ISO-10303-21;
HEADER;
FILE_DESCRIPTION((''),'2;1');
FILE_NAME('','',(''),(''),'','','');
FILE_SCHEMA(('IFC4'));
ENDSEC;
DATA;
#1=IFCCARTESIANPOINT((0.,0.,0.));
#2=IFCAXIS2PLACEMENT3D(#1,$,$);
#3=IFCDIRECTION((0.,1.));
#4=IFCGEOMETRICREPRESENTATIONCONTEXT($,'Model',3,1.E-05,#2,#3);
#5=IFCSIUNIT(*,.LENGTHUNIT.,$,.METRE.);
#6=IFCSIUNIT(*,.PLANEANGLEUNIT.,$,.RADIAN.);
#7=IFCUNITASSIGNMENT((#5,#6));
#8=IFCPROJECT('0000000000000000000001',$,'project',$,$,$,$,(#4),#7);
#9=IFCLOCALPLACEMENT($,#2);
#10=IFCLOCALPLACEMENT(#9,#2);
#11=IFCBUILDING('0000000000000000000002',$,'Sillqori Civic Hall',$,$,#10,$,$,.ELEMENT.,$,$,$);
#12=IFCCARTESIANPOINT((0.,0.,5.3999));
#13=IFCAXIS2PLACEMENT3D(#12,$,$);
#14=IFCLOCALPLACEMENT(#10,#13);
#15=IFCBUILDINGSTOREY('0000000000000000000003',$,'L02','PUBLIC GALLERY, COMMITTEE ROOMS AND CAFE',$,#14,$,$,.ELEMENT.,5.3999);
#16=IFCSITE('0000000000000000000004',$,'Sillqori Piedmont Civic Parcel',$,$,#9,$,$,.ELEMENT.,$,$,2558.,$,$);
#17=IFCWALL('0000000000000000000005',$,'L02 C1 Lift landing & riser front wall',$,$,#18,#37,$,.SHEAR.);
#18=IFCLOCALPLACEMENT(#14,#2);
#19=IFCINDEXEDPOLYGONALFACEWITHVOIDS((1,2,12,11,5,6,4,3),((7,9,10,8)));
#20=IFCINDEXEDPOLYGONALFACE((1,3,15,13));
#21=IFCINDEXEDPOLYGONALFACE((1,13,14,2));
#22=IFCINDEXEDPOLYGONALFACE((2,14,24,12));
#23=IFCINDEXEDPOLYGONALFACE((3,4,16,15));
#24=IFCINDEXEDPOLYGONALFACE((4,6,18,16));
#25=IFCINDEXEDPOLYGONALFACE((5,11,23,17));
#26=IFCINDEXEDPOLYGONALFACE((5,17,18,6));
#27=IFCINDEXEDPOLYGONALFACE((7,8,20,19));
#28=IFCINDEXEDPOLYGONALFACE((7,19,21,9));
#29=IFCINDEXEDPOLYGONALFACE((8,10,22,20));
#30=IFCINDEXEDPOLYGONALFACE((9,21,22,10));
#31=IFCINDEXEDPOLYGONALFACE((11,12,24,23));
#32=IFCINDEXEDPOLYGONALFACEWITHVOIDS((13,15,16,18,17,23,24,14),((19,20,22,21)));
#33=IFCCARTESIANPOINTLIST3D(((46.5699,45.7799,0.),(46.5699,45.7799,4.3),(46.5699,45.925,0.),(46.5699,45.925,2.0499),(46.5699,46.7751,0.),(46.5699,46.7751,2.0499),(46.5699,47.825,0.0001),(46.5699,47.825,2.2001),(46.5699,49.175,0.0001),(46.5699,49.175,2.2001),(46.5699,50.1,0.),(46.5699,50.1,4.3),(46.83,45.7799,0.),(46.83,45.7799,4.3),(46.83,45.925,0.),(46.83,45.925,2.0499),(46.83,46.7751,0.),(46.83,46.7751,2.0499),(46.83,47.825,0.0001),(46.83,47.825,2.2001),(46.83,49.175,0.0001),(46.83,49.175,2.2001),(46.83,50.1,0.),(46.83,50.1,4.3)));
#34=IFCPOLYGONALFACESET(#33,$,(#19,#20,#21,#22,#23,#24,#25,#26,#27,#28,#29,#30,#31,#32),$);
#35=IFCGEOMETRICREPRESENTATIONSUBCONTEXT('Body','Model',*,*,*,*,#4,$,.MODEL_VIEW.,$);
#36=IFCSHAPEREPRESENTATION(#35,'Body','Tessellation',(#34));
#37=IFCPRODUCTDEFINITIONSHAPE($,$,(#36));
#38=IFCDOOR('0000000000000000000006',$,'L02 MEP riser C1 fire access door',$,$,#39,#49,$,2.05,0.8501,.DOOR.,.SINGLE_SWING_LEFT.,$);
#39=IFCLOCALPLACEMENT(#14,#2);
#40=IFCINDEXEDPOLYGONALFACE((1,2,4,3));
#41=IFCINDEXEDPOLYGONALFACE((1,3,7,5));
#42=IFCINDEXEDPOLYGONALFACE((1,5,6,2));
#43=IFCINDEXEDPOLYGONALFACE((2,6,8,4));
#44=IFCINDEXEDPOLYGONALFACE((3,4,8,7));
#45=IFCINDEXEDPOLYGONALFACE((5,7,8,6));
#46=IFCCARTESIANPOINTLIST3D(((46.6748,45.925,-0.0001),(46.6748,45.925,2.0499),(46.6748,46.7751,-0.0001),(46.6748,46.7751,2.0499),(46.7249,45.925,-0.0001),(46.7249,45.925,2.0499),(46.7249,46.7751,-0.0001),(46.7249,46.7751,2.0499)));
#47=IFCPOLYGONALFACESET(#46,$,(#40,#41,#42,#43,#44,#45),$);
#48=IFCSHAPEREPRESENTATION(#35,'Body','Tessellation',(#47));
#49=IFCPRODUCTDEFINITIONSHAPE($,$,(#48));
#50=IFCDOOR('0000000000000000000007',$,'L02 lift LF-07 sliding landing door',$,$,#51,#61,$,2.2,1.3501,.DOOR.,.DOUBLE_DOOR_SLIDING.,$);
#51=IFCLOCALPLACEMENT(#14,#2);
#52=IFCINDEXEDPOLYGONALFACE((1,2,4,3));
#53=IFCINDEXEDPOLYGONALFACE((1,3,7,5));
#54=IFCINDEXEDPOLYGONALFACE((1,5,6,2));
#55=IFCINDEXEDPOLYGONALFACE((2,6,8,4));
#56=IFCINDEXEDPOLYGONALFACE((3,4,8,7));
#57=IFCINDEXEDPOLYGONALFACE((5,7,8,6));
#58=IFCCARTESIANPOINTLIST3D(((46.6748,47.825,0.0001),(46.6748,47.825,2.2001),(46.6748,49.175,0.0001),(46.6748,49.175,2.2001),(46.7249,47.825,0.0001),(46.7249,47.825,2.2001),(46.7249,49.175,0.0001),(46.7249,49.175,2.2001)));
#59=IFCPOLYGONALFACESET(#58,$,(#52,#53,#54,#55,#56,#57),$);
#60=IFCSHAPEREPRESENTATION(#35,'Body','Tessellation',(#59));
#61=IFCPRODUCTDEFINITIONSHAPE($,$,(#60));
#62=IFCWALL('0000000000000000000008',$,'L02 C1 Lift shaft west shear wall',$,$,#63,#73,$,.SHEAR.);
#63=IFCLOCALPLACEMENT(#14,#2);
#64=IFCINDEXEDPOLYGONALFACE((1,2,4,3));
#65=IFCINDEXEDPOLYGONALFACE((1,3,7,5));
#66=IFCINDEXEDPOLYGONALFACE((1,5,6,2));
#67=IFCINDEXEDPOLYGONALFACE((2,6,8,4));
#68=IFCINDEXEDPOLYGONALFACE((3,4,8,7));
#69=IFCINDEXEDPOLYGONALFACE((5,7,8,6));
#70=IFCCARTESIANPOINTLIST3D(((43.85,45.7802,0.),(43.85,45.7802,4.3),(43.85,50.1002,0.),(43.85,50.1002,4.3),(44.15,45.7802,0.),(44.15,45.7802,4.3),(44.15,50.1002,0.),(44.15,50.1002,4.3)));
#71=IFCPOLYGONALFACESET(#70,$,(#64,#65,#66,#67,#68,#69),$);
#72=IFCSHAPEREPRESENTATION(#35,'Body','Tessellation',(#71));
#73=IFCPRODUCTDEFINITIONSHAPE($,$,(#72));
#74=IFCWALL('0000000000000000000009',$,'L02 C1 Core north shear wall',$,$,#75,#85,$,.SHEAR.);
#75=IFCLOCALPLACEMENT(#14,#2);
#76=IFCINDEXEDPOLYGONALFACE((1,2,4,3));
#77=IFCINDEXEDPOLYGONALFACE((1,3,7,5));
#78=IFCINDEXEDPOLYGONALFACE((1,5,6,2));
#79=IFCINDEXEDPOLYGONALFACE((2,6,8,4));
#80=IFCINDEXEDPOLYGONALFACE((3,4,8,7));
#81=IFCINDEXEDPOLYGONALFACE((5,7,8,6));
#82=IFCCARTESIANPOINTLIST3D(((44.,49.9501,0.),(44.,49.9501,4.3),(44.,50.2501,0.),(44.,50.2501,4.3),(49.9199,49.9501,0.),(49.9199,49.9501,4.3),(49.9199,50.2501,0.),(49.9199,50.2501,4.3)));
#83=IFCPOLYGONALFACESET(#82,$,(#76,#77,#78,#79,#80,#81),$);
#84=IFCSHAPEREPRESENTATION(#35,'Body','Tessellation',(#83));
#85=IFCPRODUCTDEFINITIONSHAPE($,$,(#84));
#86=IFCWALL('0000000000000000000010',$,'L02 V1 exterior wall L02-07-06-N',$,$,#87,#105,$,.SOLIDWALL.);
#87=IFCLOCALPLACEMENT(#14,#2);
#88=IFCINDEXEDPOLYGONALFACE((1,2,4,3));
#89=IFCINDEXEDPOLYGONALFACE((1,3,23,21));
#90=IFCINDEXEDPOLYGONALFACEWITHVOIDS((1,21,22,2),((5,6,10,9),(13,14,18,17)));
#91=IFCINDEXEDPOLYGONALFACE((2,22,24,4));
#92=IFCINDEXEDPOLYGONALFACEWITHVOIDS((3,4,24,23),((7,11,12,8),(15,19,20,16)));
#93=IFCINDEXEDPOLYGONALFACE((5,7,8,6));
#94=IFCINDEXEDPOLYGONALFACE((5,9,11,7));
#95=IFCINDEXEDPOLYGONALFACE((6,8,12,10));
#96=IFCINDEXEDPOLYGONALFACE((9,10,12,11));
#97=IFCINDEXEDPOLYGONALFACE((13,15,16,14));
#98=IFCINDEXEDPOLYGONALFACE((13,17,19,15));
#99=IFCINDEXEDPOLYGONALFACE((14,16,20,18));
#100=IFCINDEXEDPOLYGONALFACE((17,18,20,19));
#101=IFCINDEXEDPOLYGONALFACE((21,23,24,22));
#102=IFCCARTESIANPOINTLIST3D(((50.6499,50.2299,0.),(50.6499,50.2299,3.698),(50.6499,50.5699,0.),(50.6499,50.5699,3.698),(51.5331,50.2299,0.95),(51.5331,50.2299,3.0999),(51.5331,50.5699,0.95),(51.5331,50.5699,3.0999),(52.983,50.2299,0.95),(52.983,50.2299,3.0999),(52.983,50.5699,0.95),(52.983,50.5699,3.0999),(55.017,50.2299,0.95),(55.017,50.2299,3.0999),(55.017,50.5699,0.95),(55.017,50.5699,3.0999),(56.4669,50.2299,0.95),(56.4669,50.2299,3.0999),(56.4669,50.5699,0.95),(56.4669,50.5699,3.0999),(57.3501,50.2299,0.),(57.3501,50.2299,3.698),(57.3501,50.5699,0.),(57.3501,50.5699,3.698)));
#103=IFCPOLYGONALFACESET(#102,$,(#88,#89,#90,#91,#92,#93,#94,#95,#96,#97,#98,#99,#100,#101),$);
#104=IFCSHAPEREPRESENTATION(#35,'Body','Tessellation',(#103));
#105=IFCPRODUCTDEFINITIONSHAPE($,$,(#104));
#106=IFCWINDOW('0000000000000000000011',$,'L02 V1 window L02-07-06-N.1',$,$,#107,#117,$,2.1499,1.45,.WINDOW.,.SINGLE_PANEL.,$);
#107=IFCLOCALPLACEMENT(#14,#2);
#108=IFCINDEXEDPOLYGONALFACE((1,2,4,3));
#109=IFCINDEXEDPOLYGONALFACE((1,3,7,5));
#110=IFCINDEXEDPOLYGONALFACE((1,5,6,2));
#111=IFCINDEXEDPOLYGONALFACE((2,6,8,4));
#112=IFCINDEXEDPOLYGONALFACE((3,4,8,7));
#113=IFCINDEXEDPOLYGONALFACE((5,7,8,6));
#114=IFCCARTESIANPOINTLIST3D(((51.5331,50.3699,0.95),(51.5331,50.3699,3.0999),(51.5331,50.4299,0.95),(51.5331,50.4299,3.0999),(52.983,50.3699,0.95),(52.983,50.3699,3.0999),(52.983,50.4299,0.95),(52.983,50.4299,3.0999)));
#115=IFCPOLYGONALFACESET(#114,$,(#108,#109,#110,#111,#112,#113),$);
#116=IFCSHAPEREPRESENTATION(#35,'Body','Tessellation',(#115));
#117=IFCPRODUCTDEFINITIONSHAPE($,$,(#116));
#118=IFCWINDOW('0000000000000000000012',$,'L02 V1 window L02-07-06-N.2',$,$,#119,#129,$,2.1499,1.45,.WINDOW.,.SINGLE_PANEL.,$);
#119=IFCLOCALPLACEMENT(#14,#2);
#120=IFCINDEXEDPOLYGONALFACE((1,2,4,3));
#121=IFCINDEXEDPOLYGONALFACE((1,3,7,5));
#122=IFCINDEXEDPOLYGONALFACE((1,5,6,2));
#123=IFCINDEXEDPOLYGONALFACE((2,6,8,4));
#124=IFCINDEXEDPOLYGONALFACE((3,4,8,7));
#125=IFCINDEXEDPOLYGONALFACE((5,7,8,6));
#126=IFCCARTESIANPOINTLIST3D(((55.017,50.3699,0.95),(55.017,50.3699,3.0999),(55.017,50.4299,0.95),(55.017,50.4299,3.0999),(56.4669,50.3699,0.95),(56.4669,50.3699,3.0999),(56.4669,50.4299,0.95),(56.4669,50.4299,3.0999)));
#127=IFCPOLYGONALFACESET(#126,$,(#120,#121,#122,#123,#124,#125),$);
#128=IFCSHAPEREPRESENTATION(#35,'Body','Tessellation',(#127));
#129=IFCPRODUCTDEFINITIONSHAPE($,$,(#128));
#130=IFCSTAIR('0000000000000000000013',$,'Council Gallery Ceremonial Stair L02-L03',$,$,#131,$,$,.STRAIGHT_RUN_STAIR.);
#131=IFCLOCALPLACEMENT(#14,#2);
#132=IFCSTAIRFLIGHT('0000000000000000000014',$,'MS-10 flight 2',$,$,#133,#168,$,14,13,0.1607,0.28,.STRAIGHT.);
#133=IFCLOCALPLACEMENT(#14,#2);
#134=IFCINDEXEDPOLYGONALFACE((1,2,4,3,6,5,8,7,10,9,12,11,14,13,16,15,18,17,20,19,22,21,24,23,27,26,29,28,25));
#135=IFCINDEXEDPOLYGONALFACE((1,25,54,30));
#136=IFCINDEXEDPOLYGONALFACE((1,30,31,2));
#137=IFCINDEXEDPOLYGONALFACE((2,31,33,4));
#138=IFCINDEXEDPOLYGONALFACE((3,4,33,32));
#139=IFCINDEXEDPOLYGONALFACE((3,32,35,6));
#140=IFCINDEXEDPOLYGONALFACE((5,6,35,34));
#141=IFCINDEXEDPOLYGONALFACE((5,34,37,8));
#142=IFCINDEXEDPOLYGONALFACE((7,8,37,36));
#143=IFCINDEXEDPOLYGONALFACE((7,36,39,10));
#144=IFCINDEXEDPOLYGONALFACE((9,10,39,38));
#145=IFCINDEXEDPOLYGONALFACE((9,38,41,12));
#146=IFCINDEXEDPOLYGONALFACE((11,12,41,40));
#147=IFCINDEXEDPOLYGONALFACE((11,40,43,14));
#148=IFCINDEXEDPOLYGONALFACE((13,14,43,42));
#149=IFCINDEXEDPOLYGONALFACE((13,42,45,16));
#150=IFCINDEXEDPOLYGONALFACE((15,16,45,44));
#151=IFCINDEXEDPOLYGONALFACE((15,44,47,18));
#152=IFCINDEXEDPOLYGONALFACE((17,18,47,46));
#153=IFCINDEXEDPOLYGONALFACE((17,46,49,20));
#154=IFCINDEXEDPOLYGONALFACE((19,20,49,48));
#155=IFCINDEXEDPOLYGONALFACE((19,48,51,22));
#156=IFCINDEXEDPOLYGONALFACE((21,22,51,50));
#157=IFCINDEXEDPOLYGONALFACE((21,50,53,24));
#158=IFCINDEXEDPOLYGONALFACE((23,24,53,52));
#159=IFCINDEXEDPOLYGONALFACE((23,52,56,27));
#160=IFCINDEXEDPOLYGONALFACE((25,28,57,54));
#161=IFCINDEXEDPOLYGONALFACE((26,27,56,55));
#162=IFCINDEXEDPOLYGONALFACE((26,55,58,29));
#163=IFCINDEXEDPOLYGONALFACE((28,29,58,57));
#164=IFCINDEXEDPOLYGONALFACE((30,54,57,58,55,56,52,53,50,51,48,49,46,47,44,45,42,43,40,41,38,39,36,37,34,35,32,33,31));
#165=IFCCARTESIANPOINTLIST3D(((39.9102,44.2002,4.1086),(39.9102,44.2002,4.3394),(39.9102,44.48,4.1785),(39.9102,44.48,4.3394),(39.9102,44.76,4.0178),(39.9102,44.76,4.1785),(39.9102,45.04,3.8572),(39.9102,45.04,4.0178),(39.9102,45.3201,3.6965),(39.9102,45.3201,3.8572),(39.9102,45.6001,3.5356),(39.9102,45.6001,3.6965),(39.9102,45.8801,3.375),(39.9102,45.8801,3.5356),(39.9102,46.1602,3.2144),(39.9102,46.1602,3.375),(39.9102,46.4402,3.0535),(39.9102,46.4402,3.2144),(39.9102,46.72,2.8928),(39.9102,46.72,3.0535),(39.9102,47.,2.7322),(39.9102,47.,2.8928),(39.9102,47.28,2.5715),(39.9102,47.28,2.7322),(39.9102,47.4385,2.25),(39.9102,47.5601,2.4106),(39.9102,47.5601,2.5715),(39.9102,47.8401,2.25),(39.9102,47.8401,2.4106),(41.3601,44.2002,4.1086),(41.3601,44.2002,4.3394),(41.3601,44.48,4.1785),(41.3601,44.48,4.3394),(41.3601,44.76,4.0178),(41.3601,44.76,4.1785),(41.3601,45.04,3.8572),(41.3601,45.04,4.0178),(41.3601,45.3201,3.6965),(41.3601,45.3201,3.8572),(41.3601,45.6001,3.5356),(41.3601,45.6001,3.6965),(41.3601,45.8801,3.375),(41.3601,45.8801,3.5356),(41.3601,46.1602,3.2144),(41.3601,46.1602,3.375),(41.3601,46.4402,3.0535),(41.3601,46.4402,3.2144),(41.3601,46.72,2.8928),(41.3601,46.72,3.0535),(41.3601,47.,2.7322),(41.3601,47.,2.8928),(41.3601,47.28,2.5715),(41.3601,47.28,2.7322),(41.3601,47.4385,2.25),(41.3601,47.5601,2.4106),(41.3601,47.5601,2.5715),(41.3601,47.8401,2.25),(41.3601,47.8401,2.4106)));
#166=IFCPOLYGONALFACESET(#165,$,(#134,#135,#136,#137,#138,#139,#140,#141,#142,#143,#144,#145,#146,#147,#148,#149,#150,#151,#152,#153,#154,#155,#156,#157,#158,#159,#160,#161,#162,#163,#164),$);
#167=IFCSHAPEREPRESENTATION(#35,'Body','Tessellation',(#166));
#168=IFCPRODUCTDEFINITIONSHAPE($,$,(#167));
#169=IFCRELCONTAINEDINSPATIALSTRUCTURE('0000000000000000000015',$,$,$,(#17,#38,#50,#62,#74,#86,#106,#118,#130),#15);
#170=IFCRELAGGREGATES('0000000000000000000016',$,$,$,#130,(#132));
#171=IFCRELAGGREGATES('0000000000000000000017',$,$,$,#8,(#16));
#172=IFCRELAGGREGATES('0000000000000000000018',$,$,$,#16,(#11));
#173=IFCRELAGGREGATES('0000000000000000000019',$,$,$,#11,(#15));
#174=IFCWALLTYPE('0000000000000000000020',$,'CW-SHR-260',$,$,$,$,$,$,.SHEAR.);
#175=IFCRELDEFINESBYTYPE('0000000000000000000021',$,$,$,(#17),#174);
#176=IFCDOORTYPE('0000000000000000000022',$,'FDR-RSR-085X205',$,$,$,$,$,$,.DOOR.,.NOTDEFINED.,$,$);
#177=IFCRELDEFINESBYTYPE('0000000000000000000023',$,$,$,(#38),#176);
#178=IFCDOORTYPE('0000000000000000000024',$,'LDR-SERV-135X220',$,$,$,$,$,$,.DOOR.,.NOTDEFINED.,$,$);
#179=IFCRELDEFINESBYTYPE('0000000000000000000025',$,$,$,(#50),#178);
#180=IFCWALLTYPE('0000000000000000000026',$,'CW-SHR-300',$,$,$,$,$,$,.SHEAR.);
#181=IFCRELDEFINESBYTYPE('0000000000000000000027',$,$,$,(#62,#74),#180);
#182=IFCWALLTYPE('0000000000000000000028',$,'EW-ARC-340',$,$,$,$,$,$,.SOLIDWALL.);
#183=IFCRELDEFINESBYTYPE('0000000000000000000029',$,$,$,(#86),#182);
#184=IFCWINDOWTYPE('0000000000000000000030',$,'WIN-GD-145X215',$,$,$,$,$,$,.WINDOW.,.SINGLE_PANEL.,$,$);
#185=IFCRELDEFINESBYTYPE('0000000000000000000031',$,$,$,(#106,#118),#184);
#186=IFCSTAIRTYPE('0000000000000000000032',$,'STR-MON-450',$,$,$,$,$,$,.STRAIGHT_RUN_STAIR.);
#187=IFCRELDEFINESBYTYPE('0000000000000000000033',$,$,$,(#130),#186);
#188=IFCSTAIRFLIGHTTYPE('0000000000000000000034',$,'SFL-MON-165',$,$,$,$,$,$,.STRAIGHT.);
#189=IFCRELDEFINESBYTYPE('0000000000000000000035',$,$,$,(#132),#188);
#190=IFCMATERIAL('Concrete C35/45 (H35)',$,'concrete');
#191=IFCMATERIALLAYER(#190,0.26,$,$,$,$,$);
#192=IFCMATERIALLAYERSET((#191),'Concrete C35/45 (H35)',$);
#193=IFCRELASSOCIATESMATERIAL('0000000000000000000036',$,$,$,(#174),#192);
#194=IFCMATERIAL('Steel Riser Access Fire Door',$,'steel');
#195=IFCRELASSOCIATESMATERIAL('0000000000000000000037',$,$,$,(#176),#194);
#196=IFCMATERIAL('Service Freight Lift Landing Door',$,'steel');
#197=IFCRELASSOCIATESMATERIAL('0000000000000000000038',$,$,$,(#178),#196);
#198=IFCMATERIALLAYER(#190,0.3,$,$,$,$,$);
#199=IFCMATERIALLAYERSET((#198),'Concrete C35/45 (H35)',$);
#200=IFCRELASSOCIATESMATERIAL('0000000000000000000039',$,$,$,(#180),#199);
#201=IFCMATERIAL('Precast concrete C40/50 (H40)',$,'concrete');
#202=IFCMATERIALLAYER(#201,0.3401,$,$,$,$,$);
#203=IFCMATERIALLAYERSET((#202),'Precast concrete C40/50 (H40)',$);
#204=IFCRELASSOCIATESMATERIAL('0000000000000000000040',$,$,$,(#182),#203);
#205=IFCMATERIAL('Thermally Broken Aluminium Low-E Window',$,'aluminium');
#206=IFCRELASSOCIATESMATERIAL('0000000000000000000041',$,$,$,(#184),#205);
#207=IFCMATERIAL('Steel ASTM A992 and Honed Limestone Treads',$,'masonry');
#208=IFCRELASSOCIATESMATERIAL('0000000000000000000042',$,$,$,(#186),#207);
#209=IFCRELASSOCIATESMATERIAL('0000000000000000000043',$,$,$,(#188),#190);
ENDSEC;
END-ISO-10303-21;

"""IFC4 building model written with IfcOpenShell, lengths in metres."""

from ifc_helpers import new_model, si_unit, direction, frame, frame_2d, origin, place, context, subcontext, project, spatial, polyline, rectangle, outline, extrude, material, layer, layer_set, type_object, element, fill, aggregate, save


model = new_model("IFC4")

# Units and contexts
model_context = context("Model", 3, precision=1e-05, world=origin(), true_north=direction((0.0, 1.0)))
body_context = subcontext(model_context, "Body", "Model", "MODEL_VIEW")
ifc_project = project(units=[si_unit("LENGTHUNIT", "METRE"), si_unit("PLANEANGLEUNIT", "RADIAN")], contexts=[model_context])

# Site, building, storey
site_placement = place(None, origin())
site = spatial("IfcSite", under=ifc_project, at=site_placement, Name="Sillqori Piedmont Civic Parcel", CompositionType="ELEMENT", RefElevation=2558.0)
building_placement = place(site_placement, origin())
building = spatial("IfcBuilding", under=site, at=building_placement, Name="Sillqori Civic Hall", CompositionType="ELEMENT")
storey_placement = place(building_placement, frame((0.0, 0.0, 5.3999)))
storey = spatial("IfcBuildingStorey", under=building, at=storey_placement, Name="L02", Description="PUBLIC GALLERY, COMMITTEE ROOMS AND CAFE", CompositionType="ELEMENT", Elevation=5.3999)

# Shared definitions
ifc_material_1 = material(Name="Concrete C35/45 (H35)", Category="concrete")

# Shared definitions
ifc_layer_1 = layer(ifc_material_1, 0.26)
ifc_layer_set_1 = layer_set([ifc_layer_1], Name="Concrete C35/45 (H35)")
wall_type_1 = type_object("IfcWallType", Name="CW-SHR-260", PredefinedType="SHEAR", material=ifc_layer_set_1)

# Wall, openings, doors
wall_1_placement = place(storey_placement, frame((46.7, 50.1001, 0.0), z_axis=(0.0, 0.0, 1.0), x_axis=(0.0, -1.0, 0.0)))
wall_1 = element("IfcWall", 1, at=wall_1_placement, inside=storey, type_object=wall_type_1, Name="L02 C1 Lift landing & riser front wall", PredefinedType="SHEAR", context=body_context, shape_type="SweptSolid", body=[
    extrude(rectangle(XDim=4.3201, YDim=0.26, at=frame_2d((2.1602, 0.0))), origin(), (0.0, 0.0, 1.0), 4.3),
])
opening_1_placement = place(wall_1_placement, frame((0.925, 0.0, 0.0)))
opening_1 = element("IfcOpeningElement", 2, at=opening_1_placement, cuts=wall_1, PredefinedType="OPENING", context=body_context, shape_type="SweptSolid", body=[
    extrude(rectangle(XDim=1.3501, YDim=2.2, at=frame_2d((0.675, 1.1001))), frame((0.0, 0.1399, 0.0), z_axis=(0.0, -1.0, 0.0), x_axis=(1.0, 0.0, 0.0)), (0.0, 0.0, 1.0), 0.28),
])
opening_2_placement = place(wall_1_placement, frame((3.325, 0.0, 0.0)))
opening_2 = element("IfcOpeningElement", 3, at=opening_2_placement, cuts=wall_1, PredefinedType="OPENING", context=body_context, shape_type="SweptSolid", body=[
    extrude(rectangle(XDim=0.8501, YDim=2.05, at=frame_2d((0.425, 1.0249))), frame((0.0, 0.1399, 0.0), z_axis=(0.0, -1.0, 0.0), x_axis=(1.0, 0.0, 0.0)), (0.0, 0.0, 1.0), 0.28),
])
ifc_material_2 = material(Name="Steel Riser Access Fire Door", Category="steel")
door_type_1 = type_object("IfcDoorType", Name="FDR-RSR-085X205", OperationType="NOTDEFINED", PredefinedType="DOOR", material=ifc_material_2)
door_1_placement = place(opening_2_placement, origin())
door_1 = element("IfcDoor", 4, at=door_1_placement, inside=storey, type_object=door_type_1, Name="L02 MEP riser C1 fire access door", OperationType="SINGLE_SWING_LEFT", OverallHeight=2.05, OverallWidth=0.8501, PredefinedType="DOOR", context=body_context, shape_type="SweptSolid", body=[
    extrude(rectangle(XDim=0.8501, YDim=2.05, at=frame_2d((0.425, 1.0249))), frame((0.0, 0.0249, 0.0), z_axis=(0.0, -1.0, 0.0), x_axis=(1.0, 0.0, 0.0)), (0.0, 0.0, 1.0), 0.05),
])
fill(opening_2, door_1)
ifc_material_3 = material(Name="Service Freight Lift Landing Door", Category="steel")
door_type_2 = type_object("IfcDoorType", Name="LDR-SERV-135X220", OperationType="NOTDEFINED", PredefinedType="DOOR", material=ifc_material_3)
door_2_placement = place(opening_1_placement, origin())
door_2 = element("IfcDoor", 5, at=door_2_placement, inside=storey, type_object=door_type_2, Name="L02 lift LF-07 sliding landing door", OperationType="DOUBLE_DOOR_SLIDING", OverallHeight=2.2, OverallWidth=1.3501, PredefinedType="DOOR", context=body_context, shape_type="SweptSolid", body=[
    extrude(rectangle(XDim=1.3501, YDim=2.2, at=frame_2d((0.675, 1.1001))), frame((0.0, 0.0249, 0.0), z_axis=(0.0, -1.0, 0.0), x_axis=(1.0, 0.0, 0.0)), (0.0, 0.0, 1.0), 0.05),
])
fill(opening_1, door_2)

# Walls
ifc_layer_2 = layer(ifc_material_1, 0.3)
ifc_layer_set_2 = layer_set([ifc_layer_2], Name="Concrete C35/45 (H35)")
wall_type_2 = type_object("IfcWallType", Name="CW-SHR-300", PredefinedType="SHEAR", material=ifc_layer_set_2)
wall_2_placement = place(storey_placement, frame((44.0, 45.78, 0.0), z_axis=(0.0, 0.0, 1.0), x_axis=(0.0, 1.0, 0.0)))
element("IfcWall", 6, at=wall_2_placement, inside=storey, type_object=wall_type_2, Name="L02 C1 Lift shaft west shear wall", PredefinedType="SHEAR", context=body_context, shape_type="SweptSolid", body=[
    extrude(rectangle(XDim=4.3201, YDim=0.3, at=frame_2d((2.1602, 0.0))), origin(), (0.0, 0.0, 1.0), 4.3),
])
wall_3_placement = place(storey_placement, frame((44.0, 50.1001, 0.0), z_axis=(0.0, 0.0, 1.0), x_axis=(1.0, 0.0, 0.0)))
element("IfcWall", 7, at=wall_3_placement, inside=storey, type_object=wall_type_2, Name="L02 C1 Core north shear wall", PredefinedType="SHEAR", context=body_context, shape_type="SweptSolid", body=[
    extrude(rectangle(XDim=5.9199, YDim=0.3, at=frame_2d((2.96, 0.0))), origin(), (0.0, 0.0, 1.0), 4.3),
])

# Wall, openings, windows
ifc_material_4 = material(Name="Precast concrete C40/50 (H40)", Category="concrete")
ifc_layer_3 = layer(ifc_material_4, 0.3401)
ifc_layer_set_3 = layer_set([ifc_layer_3], Name="Precast concrete C40/50 (H40)")
wall_type_3 = type_object("IfcWallType", Name="EW-ARC-340", PredefinedType="SOLIDWALL", material=ifc_layer_set_3)
wall_4_placement = place(storey_placement, frame((50.6499, 50.3999, 0.0), z_axis=(0.0, 0.0, 1.0), x_axis=(1.0, 0.0, 0.0)))
wall_4 = element("IfcWall", 8, at=wall_4_placement, inside=storey, type_object=wall_type_3, Name="L02 V1 exterior wall L02-07-06-N", PredefinedType="SOLIDWALL", context=body_context, shape_type="SweptSolid", body=[
    extrude(rectangle(XDim=6.7002, YDim=0.3401, at=frame_2d((3.3501, 0.0))), origin(), (0.0, 0.0, 1.0), 3.698),
])
opening_3_placement = place(wall_4_placement, frame((0.8831, 0.0, 0.95)))
opening_3 = element("IfcOpeningElement", 9, at=opening_3_placement, cuts=wall_4, PredefinedType="OPENING", context=body_context, shape_type="SweptSolid", body=[
    extrude(rectangle(XDim=1.45, YDim=2.1499, at=frame_2d((0.7251, 1.075))), frame((0.0, 0.1799, 0.0), z_axis=(0.0, -1.0, 0.0), x_axis=(1.0, 0.0, 0.0)), (0.0, 0.0, 1.0), 0.3601),
])
opening_4_placement = place(wall_4_placement, frame((4.3669, 0.0, 0.95)))
opening_4 = element("IfcOpeningElement", 10, at=opening_4_placement, cuts=wall_4, PredefinedType="OPENING", context=body_context, shape_type="SweptSolid", body=[
    extrude(rectangle(XDim=1.45, YDim=2.1499, at=frame_2d((0.7251, 1.075))), frame((0.0, 0.1799, 0.0), z_axis=(0.0, -1.0, 0.0), x_axis=(1.0, 0.0, 0.0)), (0.0, 0.0, 1.0), 0.3601),
])
ifc_material_5 = material(Name="Thermally Broken Aluminium Low-E Window", Category="aluminium")
window_type = type_object("IfcWindowType", Name="WIN-GD-145X215", PartitioningType="SINGLE_PANEL", PredefinedType="WINDOW", material=ifc_material_5)
window_1_placement = place(opening_3_placement, origin())
window_1 = element("IfcWindow", 11, at=window_1_placement, inside=storey, type_object=window_type, Name="L02 V1 window L02-07-06-N.1", OverallHeight=2.1499, OverallWidth=1.45, PartitioningType="SINGLE_PANEL", PredefinedType="WINDOW", context=body_context, shape_type="SweptSolid", body=[
    extrude(rectangle(XDim=1.45, YDim=2.1499, at=frame_2d((0.7251, 1.075))), frame((0.0, 0.03, 0.0), z_axis=(0.0, -1.0, 0.0), x_axis=(1.0, 0.0, 0.0)), (0.0, 0.0, 1.0), 0.0601),
])
fill(opening_3, window_1)
window_2_placement = place(opening_4_placement, origin())
window_2 = element("IfcWindow", 12, at=window_2_placement, inside=storey, type_object=window_type, Name="L02 V1 window L02-07-06-N.2", OverallHeight=2.1499, OverallWidth=1.45, PartitioningType="SINGLE_PANEL", PredefinedType="WINDOW", context=body_context, shape_type="SweptSolid", body=[
    extrude(rectangle(XDim=1.45, YDim=2.1499, at=frame_2d((0.7251, 1.075))), frame((0.0, 0.03, 0.0), z_axis=(0.0, -1.0, 0.0), x_axis=(1.0, 0.0, 0.0)), (0.0, 0.0, 1.0), 0.0601),
])
fill(opening_4, window_2)

# Stair, stair flight
ifc_material_6 = material(Name="Steel ASTM A992 and Honed Limestone Treads", Category="masonry")
stair_type = type_object("IfcStairType", Name="STR-MON-450", PredefinedType="STRAIGHT_RUN_STAIR", material=ifc_material_6)
stair_placement = place(storey_placement, origin())
stair = element("IfcStair", 13, at=stair_placement, inside=storey, type_object=stair_type, Name="Council Gallery Ceremonial Stair L02-L03", PredefinedType="STRAIGHT_RUN_STAIR")
stair_flight_type = type_object("IfcStairFlightType", Name="SFL-MON-165", PredefinedType="STRAIGHT", material=ifc_material_1)
stair_flight_placement = place(storey_placement, frame((40.635, 47.8401, 2.25), z_axis=(0.0, 0.0, 1.0), x_axis=(0.0, -1.0, 0.0)))
stair_flight = element("IfcStairFlight", 14, at=stair_flight_placement, type_object=stair_flight_type, Name="MS-10 flight 2", NumberOfRisers=14, NumberOfTreads=13, PredefinedType="STRAIGHT", RiserHeight=0.1607, TreadLength=0.28, context=body_context, shape_type="SweptSolid", body=[
    extrude(outline(polyline([(0.0, 0.0), (0.0, 0.1606), (0.28, 0.1606), (0.28, 0.3215), (0.5601, 0.3215), (0.5601, 0.4822), (0.8401, 0.4822), (0.8401, 0.6428), (1.1201, 0.6428), (1.1201, 0.8035), (1.3999, 0.8035), (1.3999, 0.9644), (1.6799, 0.9644), (1.6799, 1.125), (1.96, 1.125), (1.96, 1.2856), (2.24, 1.2856), (2.24, 1.4465), (2.52, 1.4465), (2.52, 1.6072), (2.8, 1.6072), (2.8, 1.7678), (3.0801, 1.7678), (3.0801, 1.9285), (3.3601, 1.9285), (3.3601, 2.0894), (3.6399, 2.0894), (3.6399, 2.25), (3.6399, 1.8586), (0.4016, 0.0), (0.0, 0.0)])), frame((0.0, 0.7251, 0.0), z_axis=(0.0, -1.0, 0.0), x_axis=(1.0, 0.0, 0.0)), (0.0, 0.0, 1.0), 1.45),
])
aggregate(stair, [stair_flight])

save(model, "model.ifc")
